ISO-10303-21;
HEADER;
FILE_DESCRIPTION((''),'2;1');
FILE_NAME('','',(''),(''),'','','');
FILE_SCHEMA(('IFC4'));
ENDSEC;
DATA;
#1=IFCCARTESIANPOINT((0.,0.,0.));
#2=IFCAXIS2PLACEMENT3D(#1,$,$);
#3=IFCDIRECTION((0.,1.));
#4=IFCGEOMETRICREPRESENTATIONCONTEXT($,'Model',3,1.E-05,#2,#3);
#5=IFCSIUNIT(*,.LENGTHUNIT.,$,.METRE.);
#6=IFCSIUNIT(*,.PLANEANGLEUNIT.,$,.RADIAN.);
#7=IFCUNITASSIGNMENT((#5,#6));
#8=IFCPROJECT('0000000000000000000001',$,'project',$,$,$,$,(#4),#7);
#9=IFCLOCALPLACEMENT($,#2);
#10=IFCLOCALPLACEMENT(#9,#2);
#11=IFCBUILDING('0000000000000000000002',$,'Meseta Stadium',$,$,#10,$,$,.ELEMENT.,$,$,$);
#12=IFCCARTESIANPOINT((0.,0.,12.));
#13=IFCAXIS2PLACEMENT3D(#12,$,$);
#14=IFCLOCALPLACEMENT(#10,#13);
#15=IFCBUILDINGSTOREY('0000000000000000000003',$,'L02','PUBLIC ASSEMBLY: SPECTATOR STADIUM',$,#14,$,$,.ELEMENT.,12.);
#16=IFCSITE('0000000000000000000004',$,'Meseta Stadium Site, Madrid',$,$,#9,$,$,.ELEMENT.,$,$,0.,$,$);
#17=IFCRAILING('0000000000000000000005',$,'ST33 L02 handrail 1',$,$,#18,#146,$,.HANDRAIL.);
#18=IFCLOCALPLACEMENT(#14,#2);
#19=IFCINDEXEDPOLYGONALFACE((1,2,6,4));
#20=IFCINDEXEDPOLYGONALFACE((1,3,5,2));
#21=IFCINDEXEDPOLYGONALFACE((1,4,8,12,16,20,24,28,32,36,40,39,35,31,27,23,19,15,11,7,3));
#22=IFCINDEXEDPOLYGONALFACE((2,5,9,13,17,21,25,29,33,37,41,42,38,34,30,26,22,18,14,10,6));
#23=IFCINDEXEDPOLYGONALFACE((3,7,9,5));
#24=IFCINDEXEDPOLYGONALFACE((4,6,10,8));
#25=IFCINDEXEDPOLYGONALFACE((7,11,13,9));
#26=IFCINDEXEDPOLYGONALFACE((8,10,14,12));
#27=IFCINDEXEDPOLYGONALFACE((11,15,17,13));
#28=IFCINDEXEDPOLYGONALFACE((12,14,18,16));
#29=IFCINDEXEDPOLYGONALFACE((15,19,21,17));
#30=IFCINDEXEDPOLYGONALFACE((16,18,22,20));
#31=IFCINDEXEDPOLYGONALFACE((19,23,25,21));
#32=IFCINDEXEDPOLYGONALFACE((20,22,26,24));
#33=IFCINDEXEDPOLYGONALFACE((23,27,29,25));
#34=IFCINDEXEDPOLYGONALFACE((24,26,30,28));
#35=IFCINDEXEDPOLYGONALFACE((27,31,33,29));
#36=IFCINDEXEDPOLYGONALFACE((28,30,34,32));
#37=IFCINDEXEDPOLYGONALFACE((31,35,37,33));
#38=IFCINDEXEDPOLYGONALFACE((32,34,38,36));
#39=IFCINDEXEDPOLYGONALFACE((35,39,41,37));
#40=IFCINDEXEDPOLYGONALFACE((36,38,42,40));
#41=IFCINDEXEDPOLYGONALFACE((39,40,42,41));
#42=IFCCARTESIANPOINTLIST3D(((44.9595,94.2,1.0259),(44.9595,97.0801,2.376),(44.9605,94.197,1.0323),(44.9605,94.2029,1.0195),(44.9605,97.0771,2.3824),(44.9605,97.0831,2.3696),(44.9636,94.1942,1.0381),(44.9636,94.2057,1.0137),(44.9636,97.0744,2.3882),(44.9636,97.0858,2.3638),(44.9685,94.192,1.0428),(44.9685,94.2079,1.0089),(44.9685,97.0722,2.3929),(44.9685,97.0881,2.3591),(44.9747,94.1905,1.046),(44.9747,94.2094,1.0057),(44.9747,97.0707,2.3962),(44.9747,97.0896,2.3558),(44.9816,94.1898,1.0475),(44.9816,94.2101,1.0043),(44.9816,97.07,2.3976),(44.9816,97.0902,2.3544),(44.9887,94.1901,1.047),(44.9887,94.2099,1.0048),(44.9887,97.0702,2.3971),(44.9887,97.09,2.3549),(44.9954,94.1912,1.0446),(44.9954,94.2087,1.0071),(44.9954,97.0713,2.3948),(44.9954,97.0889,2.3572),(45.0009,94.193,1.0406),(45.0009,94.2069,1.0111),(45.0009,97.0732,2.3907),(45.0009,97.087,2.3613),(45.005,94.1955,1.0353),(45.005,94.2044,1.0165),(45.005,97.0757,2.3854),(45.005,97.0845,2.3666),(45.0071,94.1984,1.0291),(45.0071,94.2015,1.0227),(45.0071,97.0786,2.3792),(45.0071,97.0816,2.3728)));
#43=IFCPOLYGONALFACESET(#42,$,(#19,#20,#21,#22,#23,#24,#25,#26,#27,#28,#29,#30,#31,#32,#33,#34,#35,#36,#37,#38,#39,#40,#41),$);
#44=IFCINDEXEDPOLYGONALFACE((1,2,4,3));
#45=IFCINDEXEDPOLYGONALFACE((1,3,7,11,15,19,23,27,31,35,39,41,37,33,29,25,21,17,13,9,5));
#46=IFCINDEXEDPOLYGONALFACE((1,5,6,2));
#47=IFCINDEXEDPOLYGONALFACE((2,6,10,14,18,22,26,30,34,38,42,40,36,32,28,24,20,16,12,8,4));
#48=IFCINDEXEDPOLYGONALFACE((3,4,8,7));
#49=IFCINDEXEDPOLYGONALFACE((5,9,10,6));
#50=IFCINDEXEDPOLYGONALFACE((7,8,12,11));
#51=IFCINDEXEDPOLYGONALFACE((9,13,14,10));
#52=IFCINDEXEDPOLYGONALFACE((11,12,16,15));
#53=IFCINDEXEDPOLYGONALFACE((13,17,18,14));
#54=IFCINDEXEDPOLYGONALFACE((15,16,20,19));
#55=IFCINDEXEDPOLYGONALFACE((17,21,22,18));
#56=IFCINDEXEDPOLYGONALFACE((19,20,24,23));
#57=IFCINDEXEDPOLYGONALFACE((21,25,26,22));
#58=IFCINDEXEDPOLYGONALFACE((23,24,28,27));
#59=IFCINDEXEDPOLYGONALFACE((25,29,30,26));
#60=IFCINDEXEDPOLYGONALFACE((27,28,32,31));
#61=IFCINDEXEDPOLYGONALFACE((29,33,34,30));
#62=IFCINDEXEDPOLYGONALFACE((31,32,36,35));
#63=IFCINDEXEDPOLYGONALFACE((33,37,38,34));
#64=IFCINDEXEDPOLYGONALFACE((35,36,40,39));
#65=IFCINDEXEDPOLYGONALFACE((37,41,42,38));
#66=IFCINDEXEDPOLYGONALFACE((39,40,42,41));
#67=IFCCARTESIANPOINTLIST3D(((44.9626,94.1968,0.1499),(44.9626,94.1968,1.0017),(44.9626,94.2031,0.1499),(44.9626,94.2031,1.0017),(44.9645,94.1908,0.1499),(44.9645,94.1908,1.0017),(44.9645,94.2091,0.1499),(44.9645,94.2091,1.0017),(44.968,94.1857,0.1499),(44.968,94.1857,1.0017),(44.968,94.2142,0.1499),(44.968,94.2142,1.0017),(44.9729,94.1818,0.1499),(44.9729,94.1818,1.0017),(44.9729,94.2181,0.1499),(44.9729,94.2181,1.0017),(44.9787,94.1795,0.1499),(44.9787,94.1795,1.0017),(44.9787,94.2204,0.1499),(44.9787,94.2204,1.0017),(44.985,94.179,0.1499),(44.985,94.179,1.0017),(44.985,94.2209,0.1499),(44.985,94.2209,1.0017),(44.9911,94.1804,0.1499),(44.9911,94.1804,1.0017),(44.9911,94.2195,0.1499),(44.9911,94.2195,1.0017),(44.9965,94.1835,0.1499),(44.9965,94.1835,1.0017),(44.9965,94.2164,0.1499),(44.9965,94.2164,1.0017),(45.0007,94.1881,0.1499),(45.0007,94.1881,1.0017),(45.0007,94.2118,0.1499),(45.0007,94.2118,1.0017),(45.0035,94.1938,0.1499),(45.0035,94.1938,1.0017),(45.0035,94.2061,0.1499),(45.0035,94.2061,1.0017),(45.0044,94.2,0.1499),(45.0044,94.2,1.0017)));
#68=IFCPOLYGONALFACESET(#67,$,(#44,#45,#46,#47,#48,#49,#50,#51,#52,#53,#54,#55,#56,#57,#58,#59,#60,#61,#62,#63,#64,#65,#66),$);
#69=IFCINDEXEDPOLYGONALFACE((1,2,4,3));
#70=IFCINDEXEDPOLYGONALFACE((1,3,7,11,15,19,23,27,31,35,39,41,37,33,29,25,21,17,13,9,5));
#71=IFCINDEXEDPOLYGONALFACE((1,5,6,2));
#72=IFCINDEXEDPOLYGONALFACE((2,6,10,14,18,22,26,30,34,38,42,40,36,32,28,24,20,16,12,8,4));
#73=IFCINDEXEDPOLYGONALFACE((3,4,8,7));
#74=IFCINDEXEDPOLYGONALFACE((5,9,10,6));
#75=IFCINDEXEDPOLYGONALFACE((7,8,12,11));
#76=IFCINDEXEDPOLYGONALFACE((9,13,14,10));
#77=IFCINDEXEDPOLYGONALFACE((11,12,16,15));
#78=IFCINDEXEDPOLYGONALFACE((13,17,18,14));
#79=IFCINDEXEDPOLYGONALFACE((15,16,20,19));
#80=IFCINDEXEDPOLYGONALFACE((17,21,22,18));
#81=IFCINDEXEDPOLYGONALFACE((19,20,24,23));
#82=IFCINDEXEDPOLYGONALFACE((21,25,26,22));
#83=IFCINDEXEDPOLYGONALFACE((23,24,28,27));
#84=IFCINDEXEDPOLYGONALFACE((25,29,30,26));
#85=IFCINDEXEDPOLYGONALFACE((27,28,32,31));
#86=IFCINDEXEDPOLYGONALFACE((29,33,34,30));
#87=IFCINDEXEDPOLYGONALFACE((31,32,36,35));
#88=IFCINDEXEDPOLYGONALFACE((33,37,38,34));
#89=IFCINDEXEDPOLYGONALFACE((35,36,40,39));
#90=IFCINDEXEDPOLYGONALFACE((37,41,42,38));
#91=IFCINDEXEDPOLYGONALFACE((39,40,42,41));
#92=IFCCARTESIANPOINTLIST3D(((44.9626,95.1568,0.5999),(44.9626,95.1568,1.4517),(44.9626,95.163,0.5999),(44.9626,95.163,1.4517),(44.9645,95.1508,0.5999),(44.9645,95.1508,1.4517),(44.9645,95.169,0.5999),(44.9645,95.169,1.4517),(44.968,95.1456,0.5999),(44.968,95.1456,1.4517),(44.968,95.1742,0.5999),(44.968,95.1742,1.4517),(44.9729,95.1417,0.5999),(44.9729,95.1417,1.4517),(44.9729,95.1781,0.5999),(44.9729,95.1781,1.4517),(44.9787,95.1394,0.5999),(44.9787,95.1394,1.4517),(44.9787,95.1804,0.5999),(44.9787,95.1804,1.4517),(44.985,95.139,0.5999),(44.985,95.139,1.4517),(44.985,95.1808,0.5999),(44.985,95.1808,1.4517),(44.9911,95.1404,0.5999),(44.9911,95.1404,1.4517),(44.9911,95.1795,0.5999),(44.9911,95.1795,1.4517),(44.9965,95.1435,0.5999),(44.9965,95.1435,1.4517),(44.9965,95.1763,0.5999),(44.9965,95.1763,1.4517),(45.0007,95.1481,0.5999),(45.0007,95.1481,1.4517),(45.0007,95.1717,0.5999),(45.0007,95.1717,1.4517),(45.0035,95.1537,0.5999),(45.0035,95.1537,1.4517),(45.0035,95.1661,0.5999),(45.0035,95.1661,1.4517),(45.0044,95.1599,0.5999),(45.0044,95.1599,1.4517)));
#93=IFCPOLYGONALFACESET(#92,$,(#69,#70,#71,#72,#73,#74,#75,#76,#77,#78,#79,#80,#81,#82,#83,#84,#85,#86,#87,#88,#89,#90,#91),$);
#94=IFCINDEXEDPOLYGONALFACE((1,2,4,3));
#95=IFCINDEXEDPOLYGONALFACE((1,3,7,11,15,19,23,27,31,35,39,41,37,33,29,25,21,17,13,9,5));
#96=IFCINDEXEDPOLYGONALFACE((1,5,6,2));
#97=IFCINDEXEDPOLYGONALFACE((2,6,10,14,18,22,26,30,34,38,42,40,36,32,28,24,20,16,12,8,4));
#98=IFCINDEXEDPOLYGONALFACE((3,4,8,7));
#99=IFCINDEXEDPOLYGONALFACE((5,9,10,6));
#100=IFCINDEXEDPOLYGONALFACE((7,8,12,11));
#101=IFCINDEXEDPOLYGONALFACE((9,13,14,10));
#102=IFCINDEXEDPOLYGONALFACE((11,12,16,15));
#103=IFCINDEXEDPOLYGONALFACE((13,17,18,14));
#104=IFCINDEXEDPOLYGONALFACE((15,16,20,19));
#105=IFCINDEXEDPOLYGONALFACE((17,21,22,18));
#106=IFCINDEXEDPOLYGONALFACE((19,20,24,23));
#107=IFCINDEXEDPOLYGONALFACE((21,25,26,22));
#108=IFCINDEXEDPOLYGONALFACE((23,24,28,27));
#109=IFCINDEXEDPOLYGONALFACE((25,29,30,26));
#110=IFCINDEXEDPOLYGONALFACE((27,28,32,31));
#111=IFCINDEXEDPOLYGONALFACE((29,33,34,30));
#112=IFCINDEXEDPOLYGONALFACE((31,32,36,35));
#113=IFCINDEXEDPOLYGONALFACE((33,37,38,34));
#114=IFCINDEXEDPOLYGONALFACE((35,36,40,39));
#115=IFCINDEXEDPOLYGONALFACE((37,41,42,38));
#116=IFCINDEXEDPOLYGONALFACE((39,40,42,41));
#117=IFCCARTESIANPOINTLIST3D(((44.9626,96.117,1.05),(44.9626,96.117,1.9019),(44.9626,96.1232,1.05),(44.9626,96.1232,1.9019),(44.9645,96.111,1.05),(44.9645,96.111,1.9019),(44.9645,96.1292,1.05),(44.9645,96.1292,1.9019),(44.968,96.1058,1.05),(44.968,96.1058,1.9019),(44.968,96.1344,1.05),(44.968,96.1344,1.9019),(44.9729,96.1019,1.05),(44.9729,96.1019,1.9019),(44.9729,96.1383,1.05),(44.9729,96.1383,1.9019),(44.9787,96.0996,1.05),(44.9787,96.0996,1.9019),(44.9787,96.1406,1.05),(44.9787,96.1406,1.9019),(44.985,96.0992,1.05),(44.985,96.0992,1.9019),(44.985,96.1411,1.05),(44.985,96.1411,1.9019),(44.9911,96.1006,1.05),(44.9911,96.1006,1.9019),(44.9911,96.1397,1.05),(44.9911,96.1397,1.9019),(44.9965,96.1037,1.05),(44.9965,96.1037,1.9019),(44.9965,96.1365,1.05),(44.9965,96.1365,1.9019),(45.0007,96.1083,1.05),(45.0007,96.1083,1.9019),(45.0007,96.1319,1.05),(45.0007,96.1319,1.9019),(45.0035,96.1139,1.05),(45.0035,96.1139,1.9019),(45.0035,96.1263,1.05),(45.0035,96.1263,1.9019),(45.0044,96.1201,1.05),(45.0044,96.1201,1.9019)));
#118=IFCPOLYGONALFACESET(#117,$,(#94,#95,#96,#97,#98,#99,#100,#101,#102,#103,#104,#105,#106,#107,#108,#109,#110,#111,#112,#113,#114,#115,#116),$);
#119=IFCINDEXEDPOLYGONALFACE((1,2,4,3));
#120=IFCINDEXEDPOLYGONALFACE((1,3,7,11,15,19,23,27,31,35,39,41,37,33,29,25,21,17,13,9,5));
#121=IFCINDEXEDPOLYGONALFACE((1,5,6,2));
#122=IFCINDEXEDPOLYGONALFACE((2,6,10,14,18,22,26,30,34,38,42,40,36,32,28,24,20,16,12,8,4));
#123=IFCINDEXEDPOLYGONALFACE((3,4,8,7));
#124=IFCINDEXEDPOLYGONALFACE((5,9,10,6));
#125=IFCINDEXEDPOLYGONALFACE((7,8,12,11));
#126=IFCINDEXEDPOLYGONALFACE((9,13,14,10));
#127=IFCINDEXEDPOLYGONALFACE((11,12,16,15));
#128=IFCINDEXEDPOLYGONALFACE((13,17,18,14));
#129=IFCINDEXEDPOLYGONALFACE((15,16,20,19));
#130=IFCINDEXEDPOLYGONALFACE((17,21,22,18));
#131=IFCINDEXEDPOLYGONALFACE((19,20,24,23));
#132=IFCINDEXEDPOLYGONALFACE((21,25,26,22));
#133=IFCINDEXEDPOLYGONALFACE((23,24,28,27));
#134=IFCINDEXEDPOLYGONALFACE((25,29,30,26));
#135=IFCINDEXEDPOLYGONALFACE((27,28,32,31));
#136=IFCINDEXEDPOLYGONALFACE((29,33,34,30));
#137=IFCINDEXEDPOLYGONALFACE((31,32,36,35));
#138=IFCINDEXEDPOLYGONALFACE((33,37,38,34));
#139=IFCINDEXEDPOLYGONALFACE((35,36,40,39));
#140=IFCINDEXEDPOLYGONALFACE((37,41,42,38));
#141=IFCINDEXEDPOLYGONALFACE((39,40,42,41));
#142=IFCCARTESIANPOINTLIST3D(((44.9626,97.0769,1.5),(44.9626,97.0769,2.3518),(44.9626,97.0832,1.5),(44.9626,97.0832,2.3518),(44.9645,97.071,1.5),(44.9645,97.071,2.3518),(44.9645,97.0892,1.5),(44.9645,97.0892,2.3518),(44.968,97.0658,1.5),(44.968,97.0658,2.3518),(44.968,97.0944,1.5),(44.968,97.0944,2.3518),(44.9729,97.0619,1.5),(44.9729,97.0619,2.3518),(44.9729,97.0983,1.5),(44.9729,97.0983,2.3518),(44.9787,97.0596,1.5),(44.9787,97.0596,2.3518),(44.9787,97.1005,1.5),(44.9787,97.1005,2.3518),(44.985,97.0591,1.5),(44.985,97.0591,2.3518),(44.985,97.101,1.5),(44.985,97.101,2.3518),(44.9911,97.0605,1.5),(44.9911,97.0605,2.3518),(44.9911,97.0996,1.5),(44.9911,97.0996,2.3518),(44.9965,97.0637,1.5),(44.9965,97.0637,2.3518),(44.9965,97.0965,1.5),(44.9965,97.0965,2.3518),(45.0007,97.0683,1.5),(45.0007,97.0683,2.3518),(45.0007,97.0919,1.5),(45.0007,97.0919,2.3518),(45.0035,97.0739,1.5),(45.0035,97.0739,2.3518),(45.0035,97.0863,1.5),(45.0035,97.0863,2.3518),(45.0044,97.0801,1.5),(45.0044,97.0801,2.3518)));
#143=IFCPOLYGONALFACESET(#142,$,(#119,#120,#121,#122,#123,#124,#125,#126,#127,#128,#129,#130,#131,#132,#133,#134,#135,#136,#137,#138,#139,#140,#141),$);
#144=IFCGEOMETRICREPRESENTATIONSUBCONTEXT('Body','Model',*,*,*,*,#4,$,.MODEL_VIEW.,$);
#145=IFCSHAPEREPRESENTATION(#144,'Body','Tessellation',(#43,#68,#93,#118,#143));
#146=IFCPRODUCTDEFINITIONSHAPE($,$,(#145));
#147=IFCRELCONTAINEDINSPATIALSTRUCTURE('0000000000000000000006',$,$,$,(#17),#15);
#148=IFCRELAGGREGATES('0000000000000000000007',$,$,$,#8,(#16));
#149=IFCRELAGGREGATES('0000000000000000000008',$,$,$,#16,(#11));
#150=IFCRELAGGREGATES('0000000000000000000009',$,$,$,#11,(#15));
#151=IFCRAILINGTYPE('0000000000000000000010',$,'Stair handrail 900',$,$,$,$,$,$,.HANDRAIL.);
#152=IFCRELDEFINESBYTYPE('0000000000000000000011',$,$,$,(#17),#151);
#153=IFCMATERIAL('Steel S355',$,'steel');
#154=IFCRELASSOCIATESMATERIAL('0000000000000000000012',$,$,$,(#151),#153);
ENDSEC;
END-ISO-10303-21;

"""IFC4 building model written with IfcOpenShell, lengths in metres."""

from ifc_helpers import new_model, si_unit, direction, frame, origin, origin_2d, place, context, subcontext, project, spatial, circle, extrude, material, type_object, element, save


model = new_model("IFC4")

# Units and contexts
model_context = context("Model", 3, precision=1e-05, world=origin(), true_north=direction((0.0, 1.0)))
body_context = subcontext(model_context, "Body", "Model", "MODEL_VIEW")
ifc_project = project(units=[si_unit("LENGTHUNIT", "METRE"), si_unit("PLANEANGLEUNIT", "RADIAN")], contexts=[model_context])

# Site, building, storey
site_placement = place(None, origin())
site = spatial("IfcSite", under=ifc_project, at=site_placement, Name="Meseta Stadium Site, Madrid", CompositionType="ELEMENT", RefElevation=0.0)
building_placement = place(site_placement, origin())
building = spatial("IfcBuilding", under=site, at=building_placement, Name="Meseta Stadium", CompositionType="ELEMENT")
storey_placement = place(building_placement, frame((0.0, 0.0, 12.0)))
storey = spatial("IfcBuildingStorey", under=building, at=storey_placement, Name="L02", Description="PUBLIC ASSEMBLY: SPECTATOR STADIUM", CompositionType="ELEMENT", Elevation=12.0)

# Railing
ifc_material_1 = material(Name="Steel S355", Category="steel")
railing_type_1 = type_object("IfcRailingType", Name="Stair handrail 900", PredefinedType="HANDRAIL", material=ifc_material_1)
railing_1_placement = place(storey_placement, frame((44.9834, 94.2, 0.1499)))
element("IfcRailing", 1, at=railing_1_placement, inside=storey, type_object=railing_type_1, Name="ST33 L02 handrail 1", PredefinedType="HANDRAIL", context=body_context, shape_type="SweptSolid", body=[
    extrude(circle(Radius=0.0239, at=origin_2d()), frame((0.0, 0.0, 0.876), z_axis=(0.0, 0.905454, 0.424444), x_axis=(-1.0, 0.0, 0.0)), (0.0, 0.0, 1.0), 3.1809),
    extrude(circle(Radius=0.021, at=origin_2d()), origin(), (0.0, 0.0, 1.0), 0.8518),
    extrude(circle(Radius=0.021, at=origin_2d()), frame((0.0, 0.96, 0.45)), (0.0, 0.0, 1.0), 0.8518),
    extrude(circle(Radius=0.021, at=origin_2d()), frame((0.0, 1.9202, 0.9001)), (0.0, 0.0, 1.0), 0.8518),
    extrude(circle(Radius=0.021, at=origin_2d()), frame((0.0, 2.8801, 1.3501)), (0.0, 0.0, 1.0), 0.8518),
])

save(model, "model.ifc")
